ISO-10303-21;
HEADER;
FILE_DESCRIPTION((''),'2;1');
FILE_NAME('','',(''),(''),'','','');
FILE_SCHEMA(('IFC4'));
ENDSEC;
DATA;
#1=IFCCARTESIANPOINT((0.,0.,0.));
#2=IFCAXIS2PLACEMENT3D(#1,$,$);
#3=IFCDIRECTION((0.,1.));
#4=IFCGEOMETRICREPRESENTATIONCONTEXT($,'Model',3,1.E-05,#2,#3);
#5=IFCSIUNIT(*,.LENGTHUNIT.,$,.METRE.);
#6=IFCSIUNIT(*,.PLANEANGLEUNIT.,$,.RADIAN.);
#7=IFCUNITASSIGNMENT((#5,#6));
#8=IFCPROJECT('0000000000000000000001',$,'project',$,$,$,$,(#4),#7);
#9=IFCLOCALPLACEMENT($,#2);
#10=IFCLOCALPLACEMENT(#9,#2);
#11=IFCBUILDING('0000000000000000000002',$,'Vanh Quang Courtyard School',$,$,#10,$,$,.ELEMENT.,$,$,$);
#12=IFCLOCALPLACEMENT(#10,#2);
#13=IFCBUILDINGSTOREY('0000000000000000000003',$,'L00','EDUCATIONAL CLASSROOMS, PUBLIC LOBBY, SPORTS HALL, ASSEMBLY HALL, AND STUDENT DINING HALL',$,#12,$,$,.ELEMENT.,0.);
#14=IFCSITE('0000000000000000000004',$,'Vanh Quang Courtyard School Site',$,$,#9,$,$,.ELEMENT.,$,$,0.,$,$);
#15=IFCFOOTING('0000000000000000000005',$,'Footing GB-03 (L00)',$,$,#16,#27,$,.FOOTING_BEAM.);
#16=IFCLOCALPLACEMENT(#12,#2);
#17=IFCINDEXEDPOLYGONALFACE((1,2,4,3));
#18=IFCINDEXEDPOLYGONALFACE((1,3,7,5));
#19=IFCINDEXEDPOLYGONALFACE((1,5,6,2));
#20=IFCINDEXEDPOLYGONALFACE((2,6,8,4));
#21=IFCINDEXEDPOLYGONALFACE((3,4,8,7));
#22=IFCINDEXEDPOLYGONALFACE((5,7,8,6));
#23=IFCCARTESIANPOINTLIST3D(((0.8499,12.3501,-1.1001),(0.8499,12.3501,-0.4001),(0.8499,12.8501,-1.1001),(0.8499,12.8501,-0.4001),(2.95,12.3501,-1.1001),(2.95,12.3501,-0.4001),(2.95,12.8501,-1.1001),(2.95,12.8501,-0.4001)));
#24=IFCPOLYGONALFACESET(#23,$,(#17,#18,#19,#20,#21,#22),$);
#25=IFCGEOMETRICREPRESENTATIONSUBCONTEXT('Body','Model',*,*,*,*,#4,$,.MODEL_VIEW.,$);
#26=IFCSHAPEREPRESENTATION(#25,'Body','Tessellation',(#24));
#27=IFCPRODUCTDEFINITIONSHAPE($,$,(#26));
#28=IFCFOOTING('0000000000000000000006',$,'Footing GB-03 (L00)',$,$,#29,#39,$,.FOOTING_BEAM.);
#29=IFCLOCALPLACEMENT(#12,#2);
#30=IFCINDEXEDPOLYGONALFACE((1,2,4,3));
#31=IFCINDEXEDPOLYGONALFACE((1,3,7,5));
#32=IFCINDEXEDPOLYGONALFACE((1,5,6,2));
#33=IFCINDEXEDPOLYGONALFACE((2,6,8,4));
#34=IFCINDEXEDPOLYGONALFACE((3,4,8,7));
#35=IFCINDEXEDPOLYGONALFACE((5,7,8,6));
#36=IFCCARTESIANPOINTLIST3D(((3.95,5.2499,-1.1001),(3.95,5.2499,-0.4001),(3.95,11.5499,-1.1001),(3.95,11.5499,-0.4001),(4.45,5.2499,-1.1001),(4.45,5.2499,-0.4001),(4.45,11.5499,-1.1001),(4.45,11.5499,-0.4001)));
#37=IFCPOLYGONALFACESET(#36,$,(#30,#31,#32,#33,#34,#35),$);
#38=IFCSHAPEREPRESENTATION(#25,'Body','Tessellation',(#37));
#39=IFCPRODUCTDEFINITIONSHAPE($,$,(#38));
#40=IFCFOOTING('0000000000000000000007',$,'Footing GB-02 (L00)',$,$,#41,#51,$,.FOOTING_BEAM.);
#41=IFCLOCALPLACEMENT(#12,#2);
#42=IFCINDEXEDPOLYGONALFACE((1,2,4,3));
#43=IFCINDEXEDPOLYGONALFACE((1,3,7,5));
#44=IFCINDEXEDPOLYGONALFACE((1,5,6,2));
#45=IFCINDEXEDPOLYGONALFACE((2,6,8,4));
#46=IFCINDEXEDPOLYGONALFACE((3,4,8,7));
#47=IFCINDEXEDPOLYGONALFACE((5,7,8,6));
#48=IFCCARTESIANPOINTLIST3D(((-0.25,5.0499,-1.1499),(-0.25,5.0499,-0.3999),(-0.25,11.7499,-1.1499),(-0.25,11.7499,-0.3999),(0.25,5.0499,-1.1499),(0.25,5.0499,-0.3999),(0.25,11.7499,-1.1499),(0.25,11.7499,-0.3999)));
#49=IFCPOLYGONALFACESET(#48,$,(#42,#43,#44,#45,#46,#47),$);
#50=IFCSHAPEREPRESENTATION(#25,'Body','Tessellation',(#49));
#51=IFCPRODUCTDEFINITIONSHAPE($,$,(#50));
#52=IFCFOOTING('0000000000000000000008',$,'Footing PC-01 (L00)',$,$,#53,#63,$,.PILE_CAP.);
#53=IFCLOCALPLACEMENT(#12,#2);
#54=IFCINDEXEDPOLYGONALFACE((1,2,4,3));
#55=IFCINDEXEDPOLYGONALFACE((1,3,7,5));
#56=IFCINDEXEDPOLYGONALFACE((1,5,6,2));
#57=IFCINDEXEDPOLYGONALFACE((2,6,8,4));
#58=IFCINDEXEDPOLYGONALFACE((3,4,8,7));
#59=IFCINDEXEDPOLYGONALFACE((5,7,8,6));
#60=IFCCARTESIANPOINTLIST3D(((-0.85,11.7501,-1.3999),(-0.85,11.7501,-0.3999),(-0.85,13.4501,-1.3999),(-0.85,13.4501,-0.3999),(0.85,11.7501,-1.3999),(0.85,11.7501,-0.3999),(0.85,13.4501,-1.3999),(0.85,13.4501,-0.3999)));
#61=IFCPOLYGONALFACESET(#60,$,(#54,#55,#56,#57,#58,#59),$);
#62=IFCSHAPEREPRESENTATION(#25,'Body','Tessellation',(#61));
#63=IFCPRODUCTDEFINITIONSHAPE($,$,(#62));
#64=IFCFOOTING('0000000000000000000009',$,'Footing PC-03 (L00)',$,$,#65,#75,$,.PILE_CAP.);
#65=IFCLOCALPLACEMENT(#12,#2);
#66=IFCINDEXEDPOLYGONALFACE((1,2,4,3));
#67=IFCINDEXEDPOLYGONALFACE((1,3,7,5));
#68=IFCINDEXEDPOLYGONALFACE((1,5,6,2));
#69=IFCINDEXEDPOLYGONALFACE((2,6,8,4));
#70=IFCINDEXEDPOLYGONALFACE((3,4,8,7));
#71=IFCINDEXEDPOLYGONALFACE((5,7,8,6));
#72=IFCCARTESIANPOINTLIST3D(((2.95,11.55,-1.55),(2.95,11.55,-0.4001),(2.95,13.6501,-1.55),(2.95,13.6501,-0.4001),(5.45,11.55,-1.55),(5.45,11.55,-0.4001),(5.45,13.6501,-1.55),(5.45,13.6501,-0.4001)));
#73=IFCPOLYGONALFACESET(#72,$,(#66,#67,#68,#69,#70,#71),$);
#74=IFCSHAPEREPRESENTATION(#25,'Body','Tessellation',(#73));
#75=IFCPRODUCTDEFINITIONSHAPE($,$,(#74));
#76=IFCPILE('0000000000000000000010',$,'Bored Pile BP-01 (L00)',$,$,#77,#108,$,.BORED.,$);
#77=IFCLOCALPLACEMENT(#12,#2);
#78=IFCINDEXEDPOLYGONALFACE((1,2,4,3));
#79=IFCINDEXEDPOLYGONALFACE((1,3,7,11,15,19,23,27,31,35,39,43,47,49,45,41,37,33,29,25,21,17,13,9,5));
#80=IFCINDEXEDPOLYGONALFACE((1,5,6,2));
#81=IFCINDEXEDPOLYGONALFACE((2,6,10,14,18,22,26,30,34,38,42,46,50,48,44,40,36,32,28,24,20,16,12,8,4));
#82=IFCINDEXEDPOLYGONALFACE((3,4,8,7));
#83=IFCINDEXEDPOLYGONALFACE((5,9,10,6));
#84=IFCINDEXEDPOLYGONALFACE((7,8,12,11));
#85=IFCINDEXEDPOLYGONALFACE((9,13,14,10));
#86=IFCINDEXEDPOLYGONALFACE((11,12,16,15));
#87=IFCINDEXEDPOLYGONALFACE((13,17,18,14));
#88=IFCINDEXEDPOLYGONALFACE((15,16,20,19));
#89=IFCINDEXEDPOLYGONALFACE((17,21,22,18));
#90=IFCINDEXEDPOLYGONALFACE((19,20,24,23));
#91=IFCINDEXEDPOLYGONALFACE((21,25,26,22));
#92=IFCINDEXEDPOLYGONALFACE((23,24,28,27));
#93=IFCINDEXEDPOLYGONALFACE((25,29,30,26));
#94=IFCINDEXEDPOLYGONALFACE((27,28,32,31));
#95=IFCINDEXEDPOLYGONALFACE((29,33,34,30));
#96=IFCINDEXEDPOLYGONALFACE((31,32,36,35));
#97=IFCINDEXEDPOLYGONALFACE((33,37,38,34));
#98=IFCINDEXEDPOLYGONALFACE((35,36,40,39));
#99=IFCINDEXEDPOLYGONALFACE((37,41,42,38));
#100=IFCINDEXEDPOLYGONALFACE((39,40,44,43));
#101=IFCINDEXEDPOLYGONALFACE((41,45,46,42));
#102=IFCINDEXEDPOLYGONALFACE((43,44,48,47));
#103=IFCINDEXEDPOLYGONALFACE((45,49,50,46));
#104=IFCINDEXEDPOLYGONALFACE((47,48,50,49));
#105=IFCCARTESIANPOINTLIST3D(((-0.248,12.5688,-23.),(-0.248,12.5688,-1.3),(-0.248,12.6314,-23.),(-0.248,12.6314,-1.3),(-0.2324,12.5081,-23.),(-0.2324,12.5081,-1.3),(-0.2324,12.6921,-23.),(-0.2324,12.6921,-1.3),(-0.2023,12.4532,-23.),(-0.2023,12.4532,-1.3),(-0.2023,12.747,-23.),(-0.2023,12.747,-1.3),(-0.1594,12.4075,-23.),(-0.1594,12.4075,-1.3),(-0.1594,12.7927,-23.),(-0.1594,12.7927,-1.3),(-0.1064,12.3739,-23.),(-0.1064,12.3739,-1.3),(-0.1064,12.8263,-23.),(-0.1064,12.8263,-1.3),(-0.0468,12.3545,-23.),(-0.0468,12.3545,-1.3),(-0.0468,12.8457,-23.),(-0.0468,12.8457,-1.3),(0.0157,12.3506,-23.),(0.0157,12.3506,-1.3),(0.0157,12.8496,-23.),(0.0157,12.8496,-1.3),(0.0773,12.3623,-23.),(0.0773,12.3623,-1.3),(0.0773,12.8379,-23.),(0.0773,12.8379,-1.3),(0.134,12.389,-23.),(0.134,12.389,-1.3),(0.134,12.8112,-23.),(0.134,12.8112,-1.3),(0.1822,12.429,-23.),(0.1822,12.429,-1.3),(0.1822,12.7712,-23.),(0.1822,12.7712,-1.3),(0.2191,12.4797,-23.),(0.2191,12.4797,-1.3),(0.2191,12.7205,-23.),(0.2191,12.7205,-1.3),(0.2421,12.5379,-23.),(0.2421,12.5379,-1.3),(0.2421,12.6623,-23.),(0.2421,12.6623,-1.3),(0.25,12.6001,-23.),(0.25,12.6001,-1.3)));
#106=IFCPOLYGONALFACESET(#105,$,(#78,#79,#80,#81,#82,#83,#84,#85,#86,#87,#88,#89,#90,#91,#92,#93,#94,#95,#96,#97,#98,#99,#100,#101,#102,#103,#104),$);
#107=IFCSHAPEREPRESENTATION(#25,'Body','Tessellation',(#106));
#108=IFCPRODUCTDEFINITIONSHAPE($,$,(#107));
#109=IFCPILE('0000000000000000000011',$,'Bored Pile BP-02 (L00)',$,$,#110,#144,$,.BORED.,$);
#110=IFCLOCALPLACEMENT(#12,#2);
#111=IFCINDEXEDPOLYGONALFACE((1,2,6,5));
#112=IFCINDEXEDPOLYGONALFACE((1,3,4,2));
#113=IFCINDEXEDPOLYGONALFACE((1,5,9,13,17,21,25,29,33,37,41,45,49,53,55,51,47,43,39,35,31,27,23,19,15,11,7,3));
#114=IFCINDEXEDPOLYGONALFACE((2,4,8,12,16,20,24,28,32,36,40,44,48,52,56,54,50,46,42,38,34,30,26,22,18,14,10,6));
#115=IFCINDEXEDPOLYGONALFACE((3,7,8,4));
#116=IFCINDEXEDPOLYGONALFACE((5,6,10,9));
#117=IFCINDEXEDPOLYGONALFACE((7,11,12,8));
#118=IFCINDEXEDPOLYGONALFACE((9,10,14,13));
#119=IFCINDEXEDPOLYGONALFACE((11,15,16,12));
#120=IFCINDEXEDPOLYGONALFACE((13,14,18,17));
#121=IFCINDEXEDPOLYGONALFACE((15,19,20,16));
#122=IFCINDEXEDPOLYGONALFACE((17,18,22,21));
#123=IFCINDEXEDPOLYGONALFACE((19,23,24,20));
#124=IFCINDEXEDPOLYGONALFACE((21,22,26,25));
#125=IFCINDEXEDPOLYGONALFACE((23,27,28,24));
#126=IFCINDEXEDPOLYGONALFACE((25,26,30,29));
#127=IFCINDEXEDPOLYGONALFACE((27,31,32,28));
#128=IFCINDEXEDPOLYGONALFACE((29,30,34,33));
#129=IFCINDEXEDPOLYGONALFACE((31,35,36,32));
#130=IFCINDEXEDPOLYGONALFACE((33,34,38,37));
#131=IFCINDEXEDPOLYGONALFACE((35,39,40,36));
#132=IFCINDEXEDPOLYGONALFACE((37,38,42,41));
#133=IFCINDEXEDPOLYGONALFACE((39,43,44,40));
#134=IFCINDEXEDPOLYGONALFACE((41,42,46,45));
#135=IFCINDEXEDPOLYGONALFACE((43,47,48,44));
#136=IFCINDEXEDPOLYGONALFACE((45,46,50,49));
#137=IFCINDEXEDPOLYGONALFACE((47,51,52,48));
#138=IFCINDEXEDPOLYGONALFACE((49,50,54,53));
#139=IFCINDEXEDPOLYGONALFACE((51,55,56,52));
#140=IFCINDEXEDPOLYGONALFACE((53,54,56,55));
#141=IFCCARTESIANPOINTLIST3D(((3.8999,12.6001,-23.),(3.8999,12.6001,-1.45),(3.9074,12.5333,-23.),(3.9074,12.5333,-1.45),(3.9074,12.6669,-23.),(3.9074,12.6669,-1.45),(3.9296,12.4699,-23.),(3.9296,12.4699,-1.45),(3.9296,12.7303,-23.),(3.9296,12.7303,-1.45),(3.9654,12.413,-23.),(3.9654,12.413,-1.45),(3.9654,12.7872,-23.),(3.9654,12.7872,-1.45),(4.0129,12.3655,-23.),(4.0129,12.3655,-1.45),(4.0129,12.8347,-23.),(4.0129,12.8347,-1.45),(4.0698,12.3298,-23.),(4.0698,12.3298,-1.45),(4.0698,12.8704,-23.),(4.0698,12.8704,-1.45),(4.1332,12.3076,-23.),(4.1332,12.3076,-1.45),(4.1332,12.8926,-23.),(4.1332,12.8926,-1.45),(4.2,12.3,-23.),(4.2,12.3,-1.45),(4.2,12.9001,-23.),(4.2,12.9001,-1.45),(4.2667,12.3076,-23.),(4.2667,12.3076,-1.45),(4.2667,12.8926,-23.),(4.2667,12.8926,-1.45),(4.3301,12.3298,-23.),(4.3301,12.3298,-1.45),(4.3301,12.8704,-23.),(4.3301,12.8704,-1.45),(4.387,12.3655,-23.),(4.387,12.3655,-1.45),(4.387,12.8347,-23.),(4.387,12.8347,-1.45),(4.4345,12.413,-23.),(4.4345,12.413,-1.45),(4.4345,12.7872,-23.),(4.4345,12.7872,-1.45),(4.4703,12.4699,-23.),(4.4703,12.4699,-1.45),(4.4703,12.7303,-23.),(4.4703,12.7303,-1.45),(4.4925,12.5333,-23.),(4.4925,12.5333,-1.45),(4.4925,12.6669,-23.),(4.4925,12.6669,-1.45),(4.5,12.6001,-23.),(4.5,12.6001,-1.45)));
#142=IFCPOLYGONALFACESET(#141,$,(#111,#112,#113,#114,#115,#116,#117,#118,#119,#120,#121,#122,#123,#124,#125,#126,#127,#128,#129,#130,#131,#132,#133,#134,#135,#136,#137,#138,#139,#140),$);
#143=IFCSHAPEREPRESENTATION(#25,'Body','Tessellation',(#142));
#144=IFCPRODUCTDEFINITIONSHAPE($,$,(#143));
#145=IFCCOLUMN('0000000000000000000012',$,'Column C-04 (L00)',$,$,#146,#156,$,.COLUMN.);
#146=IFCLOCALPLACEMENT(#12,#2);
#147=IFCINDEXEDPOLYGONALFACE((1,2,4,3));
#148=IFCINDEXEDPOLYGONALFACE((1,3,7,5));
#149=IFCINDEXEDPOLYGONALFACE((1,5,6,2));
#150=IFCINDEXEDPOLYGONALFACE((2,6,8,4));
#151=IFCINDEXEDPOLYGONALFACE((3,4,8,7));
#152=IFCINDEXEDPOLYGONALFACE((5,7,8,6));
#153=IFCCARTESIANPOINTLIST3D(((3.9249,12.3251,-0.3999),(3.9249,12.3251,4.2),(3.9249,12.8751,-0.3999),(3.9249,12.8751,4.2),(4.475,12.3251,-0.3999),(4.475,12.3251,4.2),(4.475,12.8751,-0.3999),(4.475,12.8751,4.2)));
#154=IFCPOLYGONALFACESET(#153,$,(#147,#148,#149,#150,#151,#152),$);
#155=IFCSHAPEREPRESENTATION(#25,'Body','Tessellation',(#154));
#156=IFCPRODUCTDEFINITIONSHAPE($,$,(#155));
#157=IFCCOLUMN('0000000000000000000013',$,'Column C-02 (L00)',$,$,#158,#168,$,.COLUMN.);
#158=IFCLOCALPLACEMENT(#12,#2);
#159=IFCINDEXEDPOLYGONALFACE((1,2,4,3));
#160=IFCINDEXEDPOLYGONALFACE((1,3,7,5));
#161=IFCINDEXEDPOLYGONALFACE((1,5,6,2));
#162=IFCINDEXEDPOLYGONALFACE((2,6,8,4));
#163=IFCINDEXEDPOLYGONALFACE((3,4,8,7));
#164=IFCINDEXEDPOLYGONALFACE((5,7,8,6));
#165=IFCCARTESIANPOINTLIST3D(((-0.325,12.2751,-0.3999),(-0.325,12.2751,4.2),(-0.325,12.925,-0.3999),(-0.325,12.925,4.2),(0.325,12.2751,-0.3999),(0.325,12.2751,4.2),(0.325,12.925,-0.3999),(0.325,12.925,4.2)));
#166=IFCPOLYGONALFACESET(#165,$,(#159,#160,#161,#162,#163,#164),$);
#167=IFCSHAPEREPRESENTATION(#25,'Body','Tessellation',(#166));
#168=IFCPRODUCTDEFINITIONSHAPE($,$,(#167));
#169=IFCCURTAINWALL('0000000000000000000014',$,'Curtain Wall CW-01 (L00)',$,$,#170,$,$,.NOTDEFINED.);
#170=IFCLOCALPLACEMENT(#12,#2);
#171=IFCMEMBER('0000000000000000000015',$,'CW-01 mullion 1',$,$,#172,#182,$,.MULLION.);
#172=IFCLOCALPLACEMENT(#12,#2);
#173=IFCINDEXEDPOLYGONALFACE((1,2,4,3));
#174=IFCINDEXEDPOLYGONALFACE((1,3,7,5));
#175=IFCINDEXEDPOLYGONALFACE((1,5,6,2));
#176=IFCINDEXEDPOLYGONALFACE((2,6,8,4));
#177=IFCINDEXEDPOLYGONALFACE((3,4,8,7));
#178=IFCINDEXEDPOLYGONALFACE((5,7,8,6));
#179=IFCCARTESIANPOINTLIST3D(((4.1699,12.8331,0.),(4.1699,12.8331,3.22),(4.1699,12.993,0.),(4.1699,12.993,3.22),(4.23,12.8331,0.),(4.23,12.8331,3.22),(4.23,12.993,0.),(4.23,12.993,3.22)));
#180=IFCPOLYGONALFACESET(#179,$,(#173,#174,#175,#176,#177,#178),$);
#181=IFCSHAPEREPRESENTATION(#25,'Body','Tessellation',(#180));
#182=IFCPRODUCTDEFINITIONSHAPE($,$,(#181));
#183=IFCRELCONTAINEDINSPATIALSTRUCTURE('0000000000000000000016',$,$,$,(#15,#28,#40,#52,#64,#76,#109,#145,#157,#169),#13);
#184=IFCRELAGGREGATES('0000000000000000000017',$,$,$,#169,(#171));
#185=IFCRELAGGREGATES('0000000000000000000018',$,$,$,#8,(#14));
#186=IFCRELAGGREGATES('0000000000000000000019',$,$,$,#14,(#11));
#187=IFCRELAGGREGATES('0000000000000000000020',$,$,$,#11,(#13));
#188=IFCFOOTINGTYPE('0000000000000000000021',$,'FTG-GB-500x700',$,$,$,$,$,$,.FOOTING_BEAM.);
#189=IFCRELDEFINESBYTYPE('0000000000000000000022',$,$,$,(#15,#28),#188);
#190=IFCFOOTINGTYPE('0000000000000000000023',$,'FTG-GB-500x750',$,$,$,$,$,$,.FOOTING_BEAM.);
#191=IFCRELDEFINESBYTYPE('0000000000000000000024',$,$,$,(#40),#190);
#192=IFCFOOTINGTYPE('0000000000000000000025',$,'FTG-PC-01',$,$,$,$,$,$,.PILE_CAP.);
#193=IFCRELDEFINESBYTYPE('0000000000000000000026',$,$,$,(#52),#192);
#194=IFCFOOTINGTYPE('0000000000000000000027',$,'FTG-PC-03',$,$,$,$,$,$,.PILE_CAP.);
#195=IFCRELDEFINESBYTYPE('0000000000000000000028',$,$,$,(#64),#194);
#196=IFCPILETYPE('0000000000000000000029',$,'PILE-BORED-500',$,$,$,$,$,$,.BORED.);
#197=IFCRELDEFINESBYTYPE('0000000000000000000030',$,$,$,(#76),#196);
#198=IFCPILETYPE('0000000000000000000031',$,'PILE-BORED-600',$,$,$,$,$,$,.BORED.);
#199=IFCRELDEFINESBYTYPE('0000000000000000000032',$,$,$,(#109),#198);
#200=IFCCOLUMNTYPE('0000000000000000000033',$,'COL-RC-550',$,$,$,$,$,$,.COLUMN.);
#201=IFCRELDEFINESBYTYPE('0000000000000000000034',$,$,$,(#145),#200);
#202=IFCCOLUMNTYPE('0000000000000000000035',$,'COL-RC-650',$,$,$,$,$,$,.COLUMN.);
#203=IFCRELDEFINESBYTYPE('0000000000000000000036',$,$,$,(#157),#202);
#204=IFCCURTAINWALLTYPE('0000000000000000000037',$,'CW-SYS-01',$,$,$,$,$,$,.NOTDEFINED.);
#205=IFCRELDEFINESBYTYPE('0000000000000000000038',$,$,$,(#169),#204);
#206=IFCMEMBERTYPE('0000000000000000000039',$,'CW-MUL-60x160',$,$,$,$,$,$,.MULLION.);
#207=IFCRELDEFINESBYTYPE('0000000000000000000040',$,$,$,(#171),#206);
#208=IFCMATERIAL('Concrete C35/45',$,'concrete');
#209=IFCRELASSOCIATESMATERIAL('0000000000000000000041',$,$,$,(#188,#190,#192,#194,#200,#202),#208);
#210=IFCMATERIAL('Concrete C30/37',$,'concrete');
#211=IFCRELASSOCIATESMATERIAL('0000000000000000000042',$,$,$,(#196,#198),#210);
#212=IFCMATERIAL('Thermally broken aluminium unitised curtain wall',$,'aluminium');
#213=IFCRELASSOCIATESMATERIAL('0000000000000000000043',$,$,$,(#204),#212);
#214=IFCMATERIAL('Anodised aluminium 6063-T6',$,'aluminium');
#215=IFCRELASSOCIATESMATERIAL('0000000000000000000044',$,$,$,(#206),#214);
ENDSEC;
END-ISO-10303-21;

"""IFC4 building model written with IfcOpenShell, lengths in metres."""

from ifc_helpers import new_model, si_unit, direction, frame, origin, origin_2d, place, context, subcontext, project, spatial, rectangle, circle, extrude, material, material_profile, profile_set, type_object, element, aggregate, save


model = new_model("IFC4")

# Units and contexts
model_context = context("Model", 3, precision=1e-05, world=origin(), true_north=direction((0.0, 1.0)))
body_context = subcontext(model_context, "Body", "Model", "MODEL_VIEW")
ifc_project = project(units=[si_unit("LENGTHUNIT", "METRE"), si_unit("PLANEANGLEUNIT", "RADIAN")], contexts=[model_context])

# Site, building, storey
site_placement = place(None, origin())
site = spatial("IfcSite", under=ifc_project, at=site_placement, Name="Vanh Quang Courtyard School Site", CompositionType="ELEMENT", RefElevation=0.0)
building_placement = place(site_placement, origin())
building = spatial("IfcBuilding", under=site, at=building_placement, Name="Vanh Quang Courtyard School", CompositionType="ELEMENT")
storey_placement = place(building_placement, origin())
storey = spatial("IfcBuildingStorey", under=building, at=storey_placement, Name="L00", Description="EDUCATIONAL CLASSROOMS, PUBLIC LOBBY, SPORTS HALL, ASSEMBLY HALL, AND STUDENT DINING HALL", CompositionType="ELEMENT", Elevation=0.0)

# Footings
ifc_material_1 = material(Name="Concrete C35/45", Category="concrete")
footing_type_1 = type_object("IfcFootingType", Name="FTG-GB-500x700", PredefinedType="FOOTING_BEAM", material=ifc_material_1)
footing_1_placement = place(storey_placement, frame((1.8999, 12.6001, -1.1001), z_axis=(0.0, 0.0, 1.0), x_axis=(1.0, 0.0, 0.0)))
element("IfcFooting", 1, at=footing_1_placement, inside=storey, type_object=footing_type_1, Name="Footing GB-03 (L00)", PredefinedType="FOOTING_BEAM", context=body_context, shape_type="SweptSolid", body=[
    extrude(rectangle(XDim=2.1001, YDim=0.5, at=origin_2d()), origin(), (0.0, 0.0, 1.0), 0.7),
])
footing_2_placement = place(storey_placement, frame((4.2, 8.3999, -1.1001), z_axis=(0.0, 0.0, 1.0), x_axis=(0.0, 1.0, 0.0)))
element("IfcFooting", 2, at=footing_2_placement, inside=storey, type_object=footing_type_1, Name="Footing GB-03 (L00)", PredefinedType="FOOTING_BEAM", context=body_context, shape_type="SweptSolid", body=[
    extrude(rectangle(XDim=6.3, YDim=0.5, at=origin_2d()), origin(), (0.0, 0.0, 1.0), 0.7),
])
footing_type_2 = type_object("IfcFootingType", Name="FTG-GB-500x750", PredefinedType="FOOTING_BEAM", material=ifc_material_1)
footing_3_placement = place(storey_placement, frame((0.0, 8.3999, -1.1499), z_axis=(0.0, 0.0, 1.0), x_axis=(0.0, 1.0, 0.0)))
element("IfcFooting", 3, at=footing_3_placement, inside=storey, type_object=footing_type_2, Name="Footing GB-02 (L00)", PredefinedType="FOOTING_BEAM", context=body_context, shape_type="SweptSolid", body=[
    extrude(rectangle(XDim=6.7, YDim=0.5, at=origin_2d()), origin(), (0.0, 0.0, 1.0), 0.75),
])
footing_type_3 = type_object("IfcFootingType", Name="FTG-PC-01", PredefinedType="PILE_CAP", material=ifc_material_1)
footing_4_placement = place(storey_placement, frame((0.0, 12.6001, -1.3999), z_axis=(0.0, 0.0, 1.0), x_axis=(1.0, 0.0, 0.0)))
element("IfcFooting", 4, at=footing_4_placement, inside=storey, type_object=footing_type_3, Name="Footing PC-01 (L00)", PredefinedType="PILE_CAP", context=body_context, shape_type="SweptSolid", body=[
    extrude(rectangle(XDim=1.7, YDim=1.7, at=origin_2d()), origin(), (0.0, 0.0, 1.0), 1.0),
])
footing_type_4 = type_object("IfcFootingType", Name="FTG-PC-03", PredefinedType="PILE_CAP", material=ifc_material_1)
footing_5_placement = place(storey_placement, frame((4.2, 12.6001, -1.55), z_axis=(0.0, 0.0, 1.0), x_axis=(1.0, 0.0, 0.0)))
element("IfcFooting", 5, at=footing_5_placement, inside=storey, type_object=footing_type_4, Name="Footing PC-03 (L00)", PredefinedType="PILE_CAP", context=body_context, shape_type="SweptSolid", body=[
    extrude(rectangle(XDim=2.5, YDim=2.1001, at=origin_2d()), origin(), (0.0, 0.0, 1.0), 1.1499),
])

# Piles
ifc_material_2 = material(Name="Concrete C30/37", Category="concrete")
ifc_material_profile_1 = material_profile(ifc_material_2, circle(Radius=0.25, at=origin_2d()), Name="PILE D500")
ifc_profile_set_1 = profile_set([ifc_material_profile_1], Name="Concrete C30/37")
pile_type_1 = type_object("IfcPileType", Name="PILE-BORED-500", PredefinedType="BORED", material=ifc_profile_set_1)
pile_1_placement = place(storey_placement, frame((0.0, 12.6001, -1.3), z_axis=(0.0, 0.0, -1.0), x_axis=(1.0, 0.0, 0.0)))
element("IfcPile", 6, at=pile_1_placement, inside=storey, type_object=pile_type_1, Name="Bored Pile BP-01 (L00)", PredefinedType="BORED", context=body_context, shape_type="SweptSolid", body=[
    extrude(circle(Radius=0.25, at=origin_2d()), origin(), (0.0, 0.0, 1.0), 21.7),
])
ifc_material_profile_2 = material_profile(ifc_material_2, circle(Radius=0.3, at=origin_2d()), Name="PILE D600")
ifc_profile_set_2 = profile_set([ifc_material_profile_2], Name="Concrete C30/37")
pile_type_2 = type_object("IfcPileType", Name="PILE-BORED-600", PredefinedType="BORED", material=ifc_profile_set_2)
pile_2_placement = place(storey_placement, frame((4.2, 12.6001, -1.45), z_axis=(0.0, 0.0, -1.0), x_axis=(1.0, 0.0, 0.0)))
element("IfcPile", 7, at=pile_2_placement, inside=storey, type_object=pile_type_2, Name="Bored Pile BP-02 (L00)", PredefinedType="BORED", context=body_context, shape_type="SweptSolid", body=[
    extrude(circle(Radius=0.3, at=origin_2d()), origin(), (0.0, 0.0, 1.0), 21.55),
])

# Columns
ifc_material_profile_3 = material_profile(ifc_material_1, rectangle(XDim=0.55, YDim=0.55, at=origin_2d()), Name="RC-COL 550x550")
ifc_profile_set_3 = profile_set([ifc_material_profile_3], Name="Concrete C35/45")
column_type_1 = type_object("IfcColumnType", Name="COL-RC-550", PredefinedType="COLUMN", material=ifc_profile_set_3)
column_1_placement = place(storey_placement, frame((4.2, 12.6001, -0.3999), z_axis=(0.0, 0.0, 1.0), x_axis=(1.0, 0.0, 0.0)))
element("IfcColumn", 8, at=column_1_placement, inside=storey, type_object=column_type_1, Name="Column C-04 (L00)", PredefinedType="COLUMN", context=body_context, shape_type="SweptSolid", body=[
    extrude(rectangle(XDim=0.55, YDim=0.55, at=origin_2d()), origin(), (0.0, 0.0, 1.0), 4.5999),
])
ifc_material_profile_4 = material_profile(ifc_material_1, rectangle(XDim=0.6499, YDim=0.6499, at=origin_2d()), Name="RC-COL 650x650")
ifc_profile_set_4 = profile_set([ifc_material_profile_4], Name="Concrete C35/45")
column_type_2 = type_object("IfcColumnType", Name="COL-RC-650", PredefinedType="COLUMN", material=ifc_profile_set_4)
column_2_placement = place(storey_placement, frame((0.0, 12.6001, -0.3999), z_axis=(0.0, 0.0, 1.0), x_axis=(1.0, 0.0, 0.0)))
element("IfcColumn", 9, at=column_2_placement, inside=storey, type_object=column_type_2, Name="Column C-02 (L00)", PredefinedType="COLUMN", context=body_context, shape_type="SweptSolid", body=[
    extrude(rectangle(XDim=0.6499, YDim=0.6499, at=origin_2d()), origin(), (0.0, 0.0, 1.0), 4.5999),
])

# Curtain wall, member
ifc_material_3 = material(Name="Thermally broken aluminium unitised curtain wall", Category="aluminium")
curtain_wall_type = type_object("IfcCurtainWallType", Name="CW-SYS-01", PredefinedType="NOTDEFINED", material=ifc_material_3)
curtain_wall_placement = place(storey_placement, origin())
curtain_wall = element("IfcCurtainWall", 10, at=curtain_wall_placement, inside=storey, type_object=curtain_wall_type, Name="Curtain Wall CW-01 (L00)", PredefinedType="NOTDEFINED")
ifc_material_4 = material(Name="Anodised aluminium 6063-T6", Category="aluminium")
ifc_material_profile_5 = material_profile(ifc_material_4, rectangle(XDim=0.0601, YDim=0.1599, at=origin_2d()), Name="ALU-MUL 60x160")
ifc_profile_set_5 = profile_set([ifc_material_profile_5], Name="Anodised aluminium 6063-T6")
member_type_1 = type_object("IfcMemberType", Name="CW-MUL-60x160", PredefinedType="MULLION", material=ifc_profile_set_5)
member_1_placement = place(storey_placement, frame((4.2, 12.9131, 0.0), z_axis=(0.0, 0.0, 1.0), x_axis=(-1.0, 0.0, 0.0)))
member_1 = element("IfcMember", 11, at=member_1_placement, type_object=member_type_1, Name="CW-01 mullion 1", PredefinedType="MULLION", context=body_context, shape_type="SweptSolid", body=[
    extrude(rectangle(XDim=0.0601, YDim=0.1599, at=origin_2d()), origin(), (0.0, 0.0, 1.0), 3.22),
])
aggregate(curtain_wall, [member_1])

save(model, "model.ifc")
